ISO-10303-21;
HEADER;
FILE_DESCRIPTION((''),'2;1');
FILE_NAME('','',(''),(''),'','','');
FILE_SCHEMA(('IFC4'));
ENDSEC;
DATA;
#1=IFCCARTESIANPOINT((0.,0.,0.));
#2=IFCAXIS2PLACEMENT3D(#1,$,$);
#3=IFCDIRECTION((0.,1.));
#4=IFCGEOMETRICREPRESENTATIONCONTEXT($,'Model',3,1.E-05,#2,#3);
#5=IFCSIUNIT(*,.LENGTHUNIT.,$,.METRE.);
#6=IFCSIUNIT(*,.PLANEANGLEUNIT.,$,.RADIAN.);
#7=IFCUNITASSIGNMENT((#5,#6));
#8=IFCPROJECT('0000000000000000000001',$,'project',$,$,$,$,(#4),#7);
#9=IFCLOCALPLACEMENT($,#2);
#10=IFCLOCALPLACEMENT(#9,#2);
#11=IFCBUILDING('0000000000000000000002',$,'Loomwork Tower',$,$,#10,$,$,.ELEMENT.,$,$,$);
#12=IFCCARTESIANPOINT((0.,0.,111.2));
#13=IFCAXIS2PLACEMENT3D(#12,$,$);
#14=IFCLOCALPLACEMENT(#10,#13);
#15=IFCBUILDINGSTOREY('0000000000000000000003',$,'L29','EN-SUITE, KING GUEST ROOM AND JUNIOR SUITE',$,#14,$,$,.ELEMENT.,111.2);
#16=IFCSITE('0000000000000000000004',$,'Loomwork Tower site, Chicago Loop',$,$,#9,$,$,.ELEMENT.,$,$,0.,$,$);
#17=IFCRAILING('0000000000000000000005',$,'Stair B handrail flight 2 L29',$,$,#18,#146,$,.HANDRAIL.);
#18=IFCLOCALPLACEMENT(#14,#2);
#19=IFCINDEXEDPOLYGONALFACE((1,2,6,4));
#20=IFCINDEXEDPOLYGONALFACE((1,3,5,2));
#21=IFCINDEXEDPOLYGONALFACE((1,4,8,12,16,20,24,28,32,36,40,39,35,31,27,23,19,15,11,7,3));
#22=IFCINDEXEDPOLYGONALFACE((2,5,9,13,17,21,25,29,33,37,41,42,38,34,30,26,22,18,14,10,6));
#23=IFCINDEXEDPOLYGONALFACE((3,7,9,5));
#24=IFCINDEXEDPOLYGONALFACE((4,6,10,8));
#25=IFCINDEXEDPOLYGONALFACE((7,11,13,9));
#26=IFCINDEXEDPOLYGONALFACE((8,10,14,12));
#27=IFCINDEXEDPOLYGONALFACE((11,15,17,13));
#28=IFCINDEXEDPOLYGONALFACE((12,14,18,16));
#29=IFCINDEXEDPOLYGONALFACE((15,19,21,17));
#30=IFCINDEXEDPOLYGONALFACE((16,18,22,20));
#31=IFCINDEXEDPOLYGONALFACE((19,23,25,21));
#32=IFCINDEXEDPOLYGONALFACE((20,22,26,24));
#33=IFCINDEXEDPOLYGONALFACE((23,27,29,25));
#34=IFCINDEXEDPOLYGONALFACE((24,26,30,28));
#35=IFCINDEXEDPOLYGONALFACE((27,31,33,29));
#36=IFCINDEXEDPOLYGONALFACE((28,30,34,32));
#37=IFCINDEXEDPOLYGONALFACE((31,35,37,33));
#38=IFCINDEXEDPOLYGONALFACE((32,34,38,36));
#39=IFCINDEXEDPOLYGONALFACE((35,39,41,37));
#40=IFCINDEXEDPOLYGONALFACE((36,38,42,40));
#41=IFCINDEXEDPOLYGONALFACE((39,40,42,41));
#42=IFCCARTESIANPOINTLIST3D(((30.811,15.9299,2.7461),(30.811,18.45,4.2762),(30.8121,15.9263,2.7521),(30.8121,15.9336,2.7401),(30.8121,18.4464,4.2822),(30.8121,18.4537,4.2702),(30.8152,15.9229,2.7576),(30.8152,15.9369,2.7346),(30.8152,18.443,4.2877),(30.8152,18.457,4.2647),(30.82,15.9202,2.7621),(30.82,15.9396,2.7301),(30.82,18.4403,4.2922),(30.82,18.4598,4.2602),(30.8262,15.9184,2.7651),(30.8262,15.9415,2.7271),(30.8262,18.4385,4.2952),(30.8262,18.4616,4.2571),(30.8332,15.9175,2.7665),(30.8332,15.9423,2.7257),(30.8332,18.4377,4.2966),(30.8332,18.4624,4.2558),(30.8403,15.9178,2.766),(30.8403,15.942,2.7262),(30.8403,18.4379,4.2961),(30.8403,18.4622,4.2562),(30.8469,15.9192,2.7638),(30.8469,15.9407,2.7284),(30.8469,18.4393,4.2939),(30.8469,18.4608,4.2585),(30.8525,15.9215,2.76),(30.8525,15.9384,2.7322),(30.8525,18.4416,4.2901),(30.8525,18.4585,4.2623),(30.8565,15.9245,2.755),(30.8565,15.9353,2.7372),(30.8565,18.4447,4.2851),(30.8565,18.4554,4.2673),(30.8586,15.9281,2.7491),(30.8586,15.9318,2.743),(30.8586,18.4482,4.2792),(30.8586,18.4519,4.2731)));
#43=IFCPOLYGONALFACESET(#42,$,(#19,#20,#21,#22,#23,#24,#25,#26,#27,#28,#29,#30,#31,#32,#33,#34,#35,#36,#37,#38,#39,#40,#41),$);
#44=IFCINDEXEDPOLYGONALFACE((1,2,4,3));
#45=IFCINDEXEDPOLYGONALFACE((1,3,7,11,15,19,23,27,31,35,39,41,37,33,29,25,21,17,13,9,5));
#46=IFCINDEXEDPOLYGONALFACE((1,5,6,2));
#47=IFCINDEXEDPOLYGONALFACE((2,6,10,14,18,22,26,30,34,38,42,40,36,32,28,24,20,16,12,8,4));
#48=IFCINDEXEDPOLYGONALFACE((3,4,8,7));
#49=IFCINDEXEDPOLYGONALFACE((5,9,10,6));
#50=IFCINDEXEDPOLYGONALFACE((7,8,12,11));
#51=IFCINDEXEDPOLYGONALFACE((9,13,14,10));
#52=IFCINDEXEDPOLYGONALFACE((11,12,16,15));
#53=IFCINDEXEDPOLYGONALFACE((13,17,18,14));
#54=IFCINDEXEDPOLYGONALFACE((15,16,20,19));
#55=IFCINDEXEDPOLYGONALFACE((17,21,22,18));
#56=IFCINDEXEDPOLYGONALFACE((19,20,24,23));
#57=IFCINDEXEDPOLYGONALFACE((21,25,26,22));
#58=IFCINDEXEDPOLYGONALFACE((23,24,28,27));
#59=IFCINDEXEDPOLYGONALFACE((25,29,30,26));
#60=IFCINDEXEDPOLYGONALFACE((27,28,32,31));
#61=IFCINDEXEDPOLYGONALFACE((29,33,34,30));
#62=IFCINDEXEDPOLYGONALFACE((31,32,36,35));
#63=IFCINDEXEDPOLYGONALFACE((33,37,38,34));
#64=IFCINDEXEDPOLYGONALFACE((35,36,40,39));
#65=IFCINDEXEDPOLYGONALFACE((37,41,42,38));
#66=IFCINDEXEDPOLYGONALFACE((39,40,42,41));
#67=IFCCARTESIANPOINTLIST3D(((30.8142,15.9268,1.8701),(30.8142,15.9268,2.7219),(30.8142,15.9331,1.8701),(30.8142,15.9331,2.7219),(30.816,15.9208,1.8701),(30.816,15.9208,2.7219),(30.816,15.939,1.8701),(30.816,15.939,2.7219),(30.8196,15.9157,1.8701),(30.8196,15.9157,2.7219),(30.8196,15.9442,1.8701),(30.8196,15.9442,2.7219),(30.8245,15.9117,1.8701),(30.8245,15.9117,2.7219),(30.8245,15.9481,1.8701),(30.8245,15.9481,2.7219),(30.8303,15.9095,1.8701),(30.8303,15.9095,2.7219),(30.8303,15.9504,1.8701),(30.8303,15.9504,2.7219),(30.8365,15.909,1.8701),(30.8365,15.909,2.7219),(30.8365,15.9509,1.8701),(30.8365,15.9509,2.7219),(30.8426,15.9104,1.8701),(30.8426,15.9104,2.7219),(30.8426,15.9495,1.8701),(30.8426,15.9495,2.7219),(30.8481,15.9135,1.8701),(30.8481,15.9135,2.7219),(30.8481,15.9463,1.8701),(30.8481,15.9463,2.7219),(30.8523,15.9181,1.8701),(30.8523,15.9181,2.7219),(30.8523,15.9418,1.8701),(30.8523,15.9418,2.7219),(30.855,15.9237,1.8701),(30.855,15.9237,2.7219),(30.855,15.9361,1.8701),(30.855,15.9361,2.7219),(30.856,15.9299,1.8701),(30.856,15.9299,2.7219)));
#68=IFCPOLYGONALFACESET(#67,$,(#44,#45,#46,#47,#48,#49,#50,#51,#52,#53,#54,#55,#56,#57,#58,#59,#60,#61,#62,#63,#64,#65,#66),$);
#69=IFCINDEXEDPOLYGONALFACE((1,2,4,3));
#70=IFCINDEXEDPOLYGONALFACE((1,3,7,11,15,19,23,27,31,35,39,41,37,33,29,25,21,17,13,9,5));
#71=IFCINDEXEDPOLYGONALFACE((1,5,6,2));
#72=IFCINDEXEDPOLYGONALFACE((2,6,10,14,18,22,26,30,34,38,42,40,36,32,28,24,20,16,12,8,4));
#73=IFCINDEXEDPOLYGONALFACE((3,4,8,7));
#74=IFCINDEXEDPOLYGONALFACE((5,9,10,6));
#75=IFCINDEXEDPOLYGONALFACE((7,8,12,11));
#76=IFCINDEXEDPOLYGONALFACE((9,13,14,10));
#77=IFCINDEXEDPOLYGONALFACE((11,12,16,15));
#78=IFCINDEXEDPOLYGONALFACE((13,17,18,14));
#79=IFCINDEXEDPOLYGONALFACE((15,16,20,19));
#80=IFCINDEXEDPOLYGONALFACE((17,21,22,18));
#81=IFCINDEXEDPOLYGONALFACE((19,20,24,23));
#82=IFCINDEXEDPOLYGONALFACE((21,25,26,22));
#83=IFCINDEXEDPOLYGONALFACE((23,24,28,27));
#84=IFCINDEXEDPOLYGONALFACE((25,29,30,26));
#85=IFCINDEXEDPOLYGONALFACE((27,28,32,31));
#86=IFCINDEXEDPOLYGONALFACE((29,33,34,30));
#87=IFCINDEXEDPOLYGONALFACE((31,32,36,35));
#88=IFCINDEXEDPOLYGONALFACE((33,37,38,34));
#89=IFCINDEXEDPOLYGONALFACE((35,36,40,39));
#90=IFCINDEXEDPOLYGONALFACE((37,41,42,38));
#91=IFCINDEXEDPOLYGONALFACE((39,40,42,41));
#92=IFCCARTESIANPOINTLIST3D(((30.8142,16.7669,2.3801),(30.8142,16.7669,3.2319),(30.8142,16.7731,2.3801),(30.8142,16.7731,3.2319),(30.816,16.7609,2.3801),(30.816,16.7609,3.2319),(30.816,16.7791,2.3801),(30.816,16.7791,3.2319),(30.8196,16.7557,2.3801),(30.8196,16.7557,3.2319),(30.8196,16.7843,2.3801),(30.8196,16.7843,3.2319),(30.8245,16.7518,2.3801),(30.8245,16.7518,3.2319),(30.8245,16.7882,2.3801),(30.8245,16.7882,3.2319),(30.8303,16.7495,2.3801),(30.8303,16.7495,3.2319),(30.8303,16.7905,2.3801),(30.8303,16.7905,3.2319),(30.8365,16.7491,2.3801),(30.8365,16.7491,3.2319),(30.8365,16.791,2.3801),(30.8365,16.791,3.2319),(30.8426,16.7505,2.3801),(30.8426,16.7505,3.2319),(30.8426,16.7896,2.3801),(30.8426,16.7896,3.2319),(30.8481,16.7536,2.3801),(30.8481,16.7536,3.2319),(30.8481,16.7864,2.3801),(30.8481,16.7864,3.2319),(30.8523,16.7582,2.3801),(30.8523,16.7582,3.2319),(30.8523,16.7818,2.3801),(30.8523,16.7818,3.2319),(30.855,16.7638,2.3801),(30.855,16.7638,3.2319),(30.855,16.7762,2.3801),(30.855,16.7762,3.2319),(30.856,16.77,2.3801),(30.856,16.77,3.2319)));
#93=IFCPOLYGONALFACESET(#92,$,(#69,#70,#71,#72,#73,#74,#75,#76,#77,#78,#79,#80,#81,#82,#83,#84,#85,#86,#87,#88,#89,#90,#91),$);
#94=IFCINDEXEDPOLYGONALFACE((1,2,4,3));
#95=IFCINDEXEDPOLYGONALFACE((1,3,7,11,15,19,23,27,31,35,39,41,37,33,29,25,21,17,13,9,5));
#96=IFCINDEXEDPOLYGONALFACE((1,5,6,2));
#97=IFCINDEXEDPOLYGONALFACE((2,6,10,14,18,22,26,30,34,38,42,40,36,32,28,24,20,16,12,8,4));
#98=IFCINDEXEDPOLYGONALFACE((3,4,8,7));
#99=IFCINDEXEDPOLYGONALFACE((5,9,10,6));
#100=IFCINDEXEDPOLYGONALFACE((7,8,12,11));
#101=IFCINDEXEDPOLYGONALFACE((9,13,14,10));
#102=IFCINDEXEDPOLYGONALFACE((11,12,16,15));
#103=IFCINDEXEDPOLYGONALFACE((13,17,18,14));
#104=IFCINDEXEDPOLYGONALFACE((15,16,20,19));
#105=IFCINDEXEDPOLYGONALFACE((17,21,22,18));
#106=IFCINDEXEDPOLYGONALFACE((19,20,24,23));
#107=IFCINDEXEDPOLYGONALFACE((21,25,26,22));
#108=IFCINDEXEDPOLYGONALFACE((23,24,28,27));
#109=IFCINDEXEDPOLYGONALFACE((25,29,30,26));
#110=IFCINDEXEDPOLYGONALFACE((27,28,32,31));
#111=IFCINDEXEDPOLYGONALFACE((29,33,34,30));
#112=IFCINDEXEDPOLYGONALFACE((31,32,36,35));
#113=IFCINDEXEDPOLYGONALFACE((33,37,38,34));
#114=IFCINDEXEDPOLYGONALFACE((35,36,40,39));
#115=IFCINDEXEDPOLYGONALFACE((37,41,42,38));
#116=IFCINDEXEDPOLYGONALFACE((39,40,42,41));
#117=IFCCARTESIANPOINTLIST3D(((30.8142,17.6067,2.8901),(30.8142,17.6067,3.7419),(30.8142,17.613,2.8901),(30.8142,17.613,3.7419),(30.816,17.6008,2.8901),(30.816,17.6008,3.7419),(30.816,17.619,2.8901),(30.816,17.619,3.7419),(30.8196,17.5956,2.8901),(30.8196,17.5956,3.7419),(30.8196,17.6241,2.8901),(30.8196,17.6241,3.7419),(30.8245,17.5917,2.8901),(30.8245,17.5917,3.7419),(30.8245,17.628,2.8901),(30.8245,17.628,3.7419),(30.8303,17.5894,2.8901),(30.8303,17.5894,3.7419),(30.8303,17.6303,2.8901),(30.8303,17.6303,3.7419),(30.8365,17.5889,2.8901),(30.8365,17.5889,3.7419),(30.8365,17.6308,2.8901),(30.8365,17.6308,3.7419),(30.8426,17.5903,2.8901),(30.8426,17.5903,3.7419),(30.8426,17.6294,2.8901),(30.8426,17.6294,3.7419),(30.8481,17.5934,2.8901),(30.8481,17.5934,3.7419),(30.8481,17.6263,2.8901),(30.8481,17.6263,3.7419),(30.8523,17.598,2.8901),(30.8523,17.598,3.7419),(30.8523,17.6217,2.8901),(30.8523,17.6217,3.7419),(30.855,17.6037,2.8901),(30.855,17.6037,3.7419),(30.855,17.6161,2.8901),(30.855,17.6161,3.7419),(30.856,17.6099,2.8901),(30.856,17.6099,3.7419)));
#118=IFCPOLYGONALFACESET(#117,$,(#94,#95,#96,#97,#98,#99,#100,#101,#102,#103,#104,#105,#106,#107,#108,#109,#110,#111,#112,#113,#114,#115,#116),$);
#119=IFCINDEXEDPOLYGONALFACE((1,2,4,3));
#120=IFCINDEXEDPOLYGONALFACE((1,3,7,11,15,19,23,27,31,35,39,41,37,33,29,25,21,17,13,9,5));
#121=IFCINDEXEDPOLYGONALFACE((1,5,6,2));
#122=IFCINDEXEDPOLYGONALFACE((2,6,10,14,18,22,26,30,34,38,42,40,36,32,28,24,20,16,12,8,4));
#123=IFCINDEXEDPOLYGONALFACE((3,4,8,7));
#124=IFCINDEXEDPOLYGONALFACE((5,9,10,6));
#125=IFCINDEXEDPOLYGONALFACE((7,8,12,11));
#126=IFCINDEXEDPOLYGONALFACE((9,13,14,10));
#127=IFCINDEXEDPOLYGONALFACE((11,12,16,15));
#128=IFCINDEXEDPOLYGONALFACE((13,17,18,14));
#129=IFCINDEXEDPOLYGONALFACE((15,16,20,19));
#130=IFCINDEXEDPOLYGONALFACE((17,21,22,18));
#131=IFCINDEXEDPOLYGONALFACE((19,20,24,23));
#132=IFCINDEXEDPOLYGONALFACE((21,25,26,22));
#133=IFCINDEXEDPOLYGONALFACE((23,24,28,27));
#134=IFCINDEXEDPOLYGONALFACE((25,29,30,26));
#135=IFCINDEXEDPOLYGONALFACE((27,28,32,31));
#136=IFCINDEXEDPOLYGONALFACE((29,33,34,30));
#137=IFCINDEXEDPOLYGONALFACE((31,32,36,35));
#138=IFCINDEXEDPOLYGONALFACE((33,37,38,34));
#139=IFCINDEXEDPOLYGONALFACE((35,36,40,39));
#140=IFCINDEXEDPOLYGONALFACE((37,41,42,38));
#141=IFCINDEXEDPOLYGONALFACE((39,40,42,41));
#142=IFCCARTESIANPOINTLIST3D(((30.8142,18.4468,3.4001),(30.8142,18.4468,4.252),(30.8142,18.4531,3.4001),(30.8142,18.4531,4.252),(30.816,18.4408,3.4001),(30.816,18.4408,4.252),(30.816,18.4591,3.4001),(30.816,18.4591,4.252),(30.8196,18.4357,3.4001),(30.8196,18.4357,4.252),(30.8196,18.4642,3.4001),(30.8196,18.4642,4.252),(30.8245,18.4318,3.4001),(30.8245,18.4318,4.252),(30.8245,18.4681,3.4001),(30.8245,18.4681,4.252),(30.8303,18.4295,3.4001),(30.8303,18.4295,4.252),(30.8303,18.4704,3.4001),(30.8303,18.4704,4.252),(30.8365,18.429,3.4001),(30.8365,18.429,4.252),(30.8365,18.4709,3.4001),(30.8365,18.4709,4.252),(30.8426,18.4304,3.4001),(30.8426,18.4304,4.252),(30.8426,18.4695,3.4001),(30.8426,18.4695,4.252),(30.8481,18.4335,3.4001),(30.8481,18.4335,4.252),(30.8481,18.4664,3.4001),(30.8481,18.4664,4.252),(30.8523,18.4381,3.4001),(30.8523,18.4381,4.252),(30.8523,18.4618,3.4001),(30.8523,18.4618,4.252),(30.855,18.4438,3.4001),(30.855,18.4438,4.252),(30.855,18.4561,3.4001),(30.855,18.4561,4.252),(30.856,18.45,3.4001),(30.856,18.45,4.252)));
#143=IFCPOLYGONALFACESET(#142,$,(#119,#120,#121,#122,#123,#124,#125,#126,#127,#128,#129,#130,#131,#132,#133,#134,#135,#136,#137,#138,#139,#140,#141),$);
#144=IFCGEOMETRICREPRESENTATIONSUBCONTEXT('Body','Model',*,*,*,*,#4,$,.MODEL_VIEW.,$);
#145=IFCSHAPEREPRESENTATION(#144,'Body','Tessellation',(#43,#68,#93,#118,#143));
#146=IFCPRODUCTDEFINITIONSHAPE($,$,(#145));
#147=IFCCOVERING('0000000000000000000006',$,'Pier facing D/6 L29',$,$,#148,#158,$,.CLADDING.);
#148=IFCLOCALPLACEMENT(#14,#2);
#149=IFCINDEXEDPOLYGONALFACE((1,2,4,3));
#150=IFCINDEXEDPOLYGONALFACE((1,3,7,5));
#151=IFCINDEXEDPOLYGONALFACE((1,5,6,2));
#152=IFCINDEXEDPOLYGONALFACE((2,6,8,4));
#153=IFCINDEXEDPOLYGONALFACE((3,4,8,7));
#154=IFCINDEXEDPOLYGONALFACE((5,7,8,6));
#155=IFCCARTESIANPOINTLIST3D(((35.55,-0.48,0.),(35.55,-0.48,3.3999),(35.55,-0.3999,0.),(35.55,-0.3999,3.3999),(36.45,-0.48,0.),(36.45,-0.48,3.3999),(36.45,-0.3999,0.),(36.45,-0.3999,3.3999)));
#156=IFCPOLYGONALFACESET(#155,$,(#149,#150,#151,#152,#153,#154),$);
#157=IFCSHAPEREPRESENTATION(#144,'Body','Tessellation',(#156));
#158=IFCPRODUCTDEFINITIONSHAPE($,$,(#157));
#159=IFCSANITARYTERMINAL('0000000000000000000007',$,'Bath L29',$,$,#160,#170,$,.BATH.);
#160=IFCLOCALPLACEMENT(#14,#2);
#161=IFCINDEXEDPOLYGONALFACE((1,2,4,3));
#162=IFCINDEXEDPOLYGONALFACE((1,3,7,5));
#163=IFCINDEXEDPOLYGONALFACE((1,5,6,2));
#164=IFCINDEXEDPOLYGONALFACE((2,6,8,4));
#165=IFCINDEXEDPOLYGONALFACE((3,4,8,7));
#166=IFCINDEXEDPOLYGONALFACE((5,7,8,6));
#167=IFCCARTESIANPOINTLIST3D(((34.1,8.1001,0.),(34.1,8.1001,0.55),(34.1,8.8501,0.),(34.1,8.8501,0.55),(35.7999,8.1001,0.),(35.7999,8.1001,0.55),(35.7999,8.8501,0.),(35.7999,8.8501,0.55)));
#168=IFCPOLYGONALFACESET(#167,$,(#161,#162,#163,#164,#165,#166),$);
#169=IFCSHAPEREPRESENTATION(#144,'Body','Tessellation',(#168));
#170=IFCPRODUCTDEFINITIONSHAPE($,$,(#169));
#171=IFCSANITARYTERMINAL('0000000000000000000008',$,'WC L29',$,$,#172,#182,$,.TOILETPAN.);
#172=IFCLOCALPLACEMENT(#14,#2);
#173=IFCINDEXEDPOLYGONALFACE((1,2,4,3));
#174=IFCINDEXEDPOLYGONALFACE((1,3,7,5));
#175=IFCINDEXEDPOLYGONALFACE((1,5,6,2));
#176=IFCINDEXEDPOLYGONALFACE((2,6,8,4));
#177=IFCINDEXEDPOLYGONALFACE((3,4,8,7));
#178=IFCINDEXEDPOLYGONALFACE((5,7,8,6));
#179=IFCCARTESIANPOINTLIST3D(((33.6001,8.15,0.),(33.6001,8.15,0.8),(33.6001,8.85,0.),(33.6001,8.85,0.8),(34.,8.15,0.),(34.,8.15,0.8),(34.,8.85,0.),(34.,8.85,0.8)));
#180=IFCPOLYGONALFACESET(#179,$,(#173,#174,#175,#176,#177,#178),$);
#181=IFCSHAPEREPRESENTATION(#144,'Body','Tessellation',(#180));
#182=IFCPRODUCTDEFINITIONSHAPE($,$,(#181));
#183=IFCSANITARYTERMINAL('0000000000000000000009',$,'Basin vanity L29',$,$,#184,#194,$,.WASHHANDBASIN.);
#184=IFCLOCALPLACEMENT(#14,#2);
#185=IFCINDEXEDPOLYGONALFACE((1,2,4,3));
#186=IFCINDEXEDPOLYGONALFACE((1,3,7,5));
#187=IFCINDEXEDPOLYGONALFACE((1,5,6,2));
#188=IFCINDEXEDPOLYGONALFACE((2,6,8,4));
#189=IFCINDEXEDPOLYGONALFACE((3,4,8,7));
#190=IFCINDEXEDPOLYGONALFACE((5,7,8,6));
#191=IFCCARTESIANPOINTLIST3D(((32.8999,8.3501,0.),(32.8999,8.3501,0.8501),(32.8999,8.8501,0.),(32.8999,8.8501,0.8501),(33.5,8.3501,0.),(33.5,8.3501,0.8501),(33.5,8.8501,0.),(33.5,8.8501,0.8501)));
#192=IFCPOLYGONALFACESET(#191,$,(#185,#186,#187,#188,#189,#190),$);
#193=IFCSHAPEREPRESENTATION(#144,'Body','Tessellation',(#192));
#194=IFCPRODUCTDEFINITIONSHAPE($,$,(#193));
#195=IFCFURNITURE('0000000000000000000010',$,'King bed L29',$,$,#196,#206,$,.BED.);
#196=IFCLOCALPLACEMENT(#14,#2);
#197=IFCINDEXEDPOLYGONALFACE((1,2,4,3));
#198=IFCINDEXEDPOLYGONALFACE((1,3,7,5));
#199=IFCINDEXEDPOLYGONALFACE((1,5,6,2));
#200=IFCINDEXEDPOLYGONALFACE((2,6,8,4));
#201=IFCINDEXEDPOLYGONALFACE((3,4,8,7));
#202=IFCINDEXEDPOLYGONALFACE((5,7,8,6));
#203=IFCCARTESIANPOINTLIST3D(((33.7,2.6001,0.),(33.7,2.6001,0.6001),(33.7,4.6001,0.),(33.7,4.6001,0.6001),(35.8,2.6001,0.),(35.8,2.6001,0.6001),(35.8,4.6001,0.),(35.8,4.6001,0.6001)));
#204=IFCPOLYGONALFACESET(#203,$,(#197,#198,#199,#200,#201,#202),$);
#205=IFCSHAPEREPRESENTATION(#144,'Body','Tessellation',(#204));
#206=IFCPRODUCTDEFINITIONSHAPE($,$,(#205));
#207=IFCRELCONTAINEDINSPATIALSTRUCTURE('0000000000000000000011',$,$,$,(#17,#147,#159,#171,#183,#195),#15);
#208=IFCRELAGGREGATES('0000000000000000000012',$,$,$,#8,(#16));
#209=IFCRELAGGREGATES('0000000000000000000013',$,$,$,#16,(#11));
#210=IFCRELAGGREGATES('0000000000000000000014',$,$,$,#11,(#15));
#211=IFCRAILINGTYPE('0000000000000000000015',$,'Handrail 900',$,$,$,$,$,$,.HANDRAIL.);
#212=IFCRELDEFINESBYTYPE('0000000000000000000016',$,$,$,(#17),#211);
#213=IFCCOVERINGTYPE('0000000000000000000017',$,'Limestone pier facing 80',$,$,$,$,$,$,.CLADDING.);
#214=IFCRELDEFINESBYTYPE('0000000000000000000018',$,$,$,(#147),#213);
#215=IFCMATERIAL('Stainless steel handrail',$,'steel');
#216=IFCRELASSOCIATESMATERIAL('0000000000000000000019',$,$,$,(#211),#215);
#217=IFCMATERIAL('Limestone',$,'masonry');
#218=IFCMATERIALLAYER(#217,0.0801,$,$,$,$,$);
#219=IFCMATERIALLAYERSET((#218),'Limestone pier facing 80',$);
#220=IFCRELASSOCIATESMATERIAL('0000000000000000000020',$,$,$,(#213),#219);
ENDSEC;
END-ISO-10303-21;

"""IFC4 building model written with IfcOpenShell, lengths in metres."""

from ifc_helpers import new_model, si_unit, direction, frame, origin, origin_2d, place, context, subcontext, project, spatial, rectangle, circle, extrude, material, layer, layer_set, type_object, element, save


model = new_model("IFC4")

# Units and contexts
model_context = context("Model", 3, precision=1e-05, world=origin(), true_north=direction((0.0, 1.0)))
body_context = subcontext(model_context, "Body", "Model", "MODEL_VIEW")
ifc_project = project(units=[si_unit("LENGTHUNIT", "METRE"), si_unit("PLANEANGLEUNIT", "RADIAN")], contexts=[model_context])

# Site, building, storey
site_placement = place(None, origin())
site = spatial("IfcSite", under=ifc_project, at=site_placement, Name="Loomwork Tower site, Chicago Loop", CompositionType="ELEMENT", RefElevation=0.0)
building_placement = place(site_placement, origin())
building = spatial("IfcBuilding", under=site, at=building_placement, Name="Loomwork Tower", CompositionType="ELEMENT")
storey_placement = place(building_placement, frame((0.0, 0.0, 111.2)))
storey = spatial("IfcBuildingStorey", under=building, at=storey_placement, Name="L29", Description="EN-SUITE, KING GUEST ROOM AND JUNIOR SUITE", CompositionType="ELEMENT", Elevation=111.2)

# Railing
ifc_material_1 = material(Name="Stainless steel handrail", Category="steel")
railing_type = type_object("IfcRailingType", Name="Handrail 900", PredefinedType="HANDRAIL", material=ifc_material_1)
railing_placement = place(storey_placement, frame((30.835, 15.9299, 1.8701)))
element("IfcRailing", 1, at=railing_placement, inside=storey, type_object=railing_type, Name="Stair B handrail flight 2 L29", PredefinedType="HANDRAIL", context=body_context, shape_type="SweptSolid", body=[
    extrude(circle(Radius=0.0239, at=origin_2d()), frame((0.0, 0.0, 0.876), z_axis=(0.0, 0.854785, 0.518982), x_axis=(-1.0, 0.0, 0.0)), (0.0, 0.0, 1.0), 2.9482),
    extrude(circle(Radius=0.021, at=origin_2d()), origin(), (0.0, 0.0, 1.0), 0.8518),
    extrude(circle(Radius=0.021, at=origin_2d()), frame((0.0, 0.8401, 0.51)), (0.0, 0.0, 1.0), 0.8518),
    extrude(circle(Radius=0.021, at=origin_2d()), frame((0.0, 1.6799, 1.02)), (0.0, 0.0, 1.0), 0.8518),
    extrude(circle(Radius=0.021, at=origin_2d()), frame((0.0, 2.52, 1.53)), (0.0, 0.0, 1.0), 0.8518),
])

# Covering
ifc_material_2 = material(Name="Limestone", Category="masonry")
ifc_layer_1 = layer(ifc_material_2, 0.0801)
ifc_layer_set_1 = layer_set([ifc_layer_1], Name="Limestone pier facing 80")
covering_type = type_object("IfcCoveringType", Name="Limestone pier facing 80", PredefinedType="CLADDING", material=ifc_layer_set_1)
covering_placement = place(storey_placement, frame((36.0, -0.4399, 0.0), z_axis=(0.0, 0.0, 1.0), x_axis=(1.0, 0.0, 0.0)))
element("IfcCovering", 2, at=covering_placement, inside=storey, type_object=covering_type, Name="Pier facing D/6 L29", PredefinedType="CLADDING", context=body_context, shape_type="SweptSolid", body=[
    extrude(rectangle(XDim=0.8999, YDim=0.0801, at=origin_2d()), origin(), (0.0, 0.0, 1.0), 3.3999),
])

# Sanitary terminals
sanitary_terminal_1_placement = place(storey_placement, frame((34.95, 8.4751, 0.0), z_axis=(0.0, 0.0, 1.0), x_axis=(1.0, 0.0, 0.0)))
element("IfcSanitaryTerminal", 3, at=sanitary_terminal_1_placement, inside=storey, Name="Bath L29", PredefinedType="BATH", context=body_context, shape_type="SweptSolid", body=[
    extrude(rectangle(XDim=1.7, YDim=0.75, at=origin_2d()), origin(), (0.0, 0.0, 1.0), 0.55),
])
sanitary_terminal_2_placement = place(storey_placement, frame((33.8, 8.5, 0.0), z_axis=(0.0, 0.0, 1.0), x_axis=(1.0, 0.0, 0.0)))
element("IfcSanitaryTerminal", 4, at=sanitary_terminal_2_placement, inside=storey, Name="WC L29", PredefinedType="TOILETPAN", context=body_context, shape_type="SweptSolid", body=[
    extrude(rectangle(XDim=0.3999, YDim=0.7, at=origin_2d()), origin(), (0.0, 0.0, 1.0), 0.8),
])
sanitary_terminal_3_placement = place(storey_placement, frame((33.2, 8.6001, 0.0), z_axis=(0.0, 0.0, 1.0), x_axis=(1.0, 0.0, 0.0)))
element("IfcSanitaryTerminal", 5, at=sanitary_terminal_3_placement, inside=storey, Name="Basin vanity L29", PredefinedType="WASHHANDBASIN", context=body_context, shape_type="SweptSolid", body=[
    extrude(rectangle(XDim=0.6001, YDim=0.5, at=origin_2d()), origin(), (0.0, 0.0, 1.0), 0.8501),
])

# Furniture
furniture_1_placement = place(storey_placement, frame((34.75, 3.6001, 0.0), z_axis=(0.0, 0.0, 1.0), x_axis=(1.0, 0.0, 0.0)))
element("IfcFurniture", 6, at=furniture_1_placement, inside=storey, Name="King bed L29", PredefinedType="BED", context=body_context, shape_type="SweptSolid", body=[
    extrude(rectangle(XDim=2.1001, YDim=2.0, at=origin_2d()), origin(), (0.0, 0.0, 1.0), 0.6001),
])

save(model, "model.ifc")
